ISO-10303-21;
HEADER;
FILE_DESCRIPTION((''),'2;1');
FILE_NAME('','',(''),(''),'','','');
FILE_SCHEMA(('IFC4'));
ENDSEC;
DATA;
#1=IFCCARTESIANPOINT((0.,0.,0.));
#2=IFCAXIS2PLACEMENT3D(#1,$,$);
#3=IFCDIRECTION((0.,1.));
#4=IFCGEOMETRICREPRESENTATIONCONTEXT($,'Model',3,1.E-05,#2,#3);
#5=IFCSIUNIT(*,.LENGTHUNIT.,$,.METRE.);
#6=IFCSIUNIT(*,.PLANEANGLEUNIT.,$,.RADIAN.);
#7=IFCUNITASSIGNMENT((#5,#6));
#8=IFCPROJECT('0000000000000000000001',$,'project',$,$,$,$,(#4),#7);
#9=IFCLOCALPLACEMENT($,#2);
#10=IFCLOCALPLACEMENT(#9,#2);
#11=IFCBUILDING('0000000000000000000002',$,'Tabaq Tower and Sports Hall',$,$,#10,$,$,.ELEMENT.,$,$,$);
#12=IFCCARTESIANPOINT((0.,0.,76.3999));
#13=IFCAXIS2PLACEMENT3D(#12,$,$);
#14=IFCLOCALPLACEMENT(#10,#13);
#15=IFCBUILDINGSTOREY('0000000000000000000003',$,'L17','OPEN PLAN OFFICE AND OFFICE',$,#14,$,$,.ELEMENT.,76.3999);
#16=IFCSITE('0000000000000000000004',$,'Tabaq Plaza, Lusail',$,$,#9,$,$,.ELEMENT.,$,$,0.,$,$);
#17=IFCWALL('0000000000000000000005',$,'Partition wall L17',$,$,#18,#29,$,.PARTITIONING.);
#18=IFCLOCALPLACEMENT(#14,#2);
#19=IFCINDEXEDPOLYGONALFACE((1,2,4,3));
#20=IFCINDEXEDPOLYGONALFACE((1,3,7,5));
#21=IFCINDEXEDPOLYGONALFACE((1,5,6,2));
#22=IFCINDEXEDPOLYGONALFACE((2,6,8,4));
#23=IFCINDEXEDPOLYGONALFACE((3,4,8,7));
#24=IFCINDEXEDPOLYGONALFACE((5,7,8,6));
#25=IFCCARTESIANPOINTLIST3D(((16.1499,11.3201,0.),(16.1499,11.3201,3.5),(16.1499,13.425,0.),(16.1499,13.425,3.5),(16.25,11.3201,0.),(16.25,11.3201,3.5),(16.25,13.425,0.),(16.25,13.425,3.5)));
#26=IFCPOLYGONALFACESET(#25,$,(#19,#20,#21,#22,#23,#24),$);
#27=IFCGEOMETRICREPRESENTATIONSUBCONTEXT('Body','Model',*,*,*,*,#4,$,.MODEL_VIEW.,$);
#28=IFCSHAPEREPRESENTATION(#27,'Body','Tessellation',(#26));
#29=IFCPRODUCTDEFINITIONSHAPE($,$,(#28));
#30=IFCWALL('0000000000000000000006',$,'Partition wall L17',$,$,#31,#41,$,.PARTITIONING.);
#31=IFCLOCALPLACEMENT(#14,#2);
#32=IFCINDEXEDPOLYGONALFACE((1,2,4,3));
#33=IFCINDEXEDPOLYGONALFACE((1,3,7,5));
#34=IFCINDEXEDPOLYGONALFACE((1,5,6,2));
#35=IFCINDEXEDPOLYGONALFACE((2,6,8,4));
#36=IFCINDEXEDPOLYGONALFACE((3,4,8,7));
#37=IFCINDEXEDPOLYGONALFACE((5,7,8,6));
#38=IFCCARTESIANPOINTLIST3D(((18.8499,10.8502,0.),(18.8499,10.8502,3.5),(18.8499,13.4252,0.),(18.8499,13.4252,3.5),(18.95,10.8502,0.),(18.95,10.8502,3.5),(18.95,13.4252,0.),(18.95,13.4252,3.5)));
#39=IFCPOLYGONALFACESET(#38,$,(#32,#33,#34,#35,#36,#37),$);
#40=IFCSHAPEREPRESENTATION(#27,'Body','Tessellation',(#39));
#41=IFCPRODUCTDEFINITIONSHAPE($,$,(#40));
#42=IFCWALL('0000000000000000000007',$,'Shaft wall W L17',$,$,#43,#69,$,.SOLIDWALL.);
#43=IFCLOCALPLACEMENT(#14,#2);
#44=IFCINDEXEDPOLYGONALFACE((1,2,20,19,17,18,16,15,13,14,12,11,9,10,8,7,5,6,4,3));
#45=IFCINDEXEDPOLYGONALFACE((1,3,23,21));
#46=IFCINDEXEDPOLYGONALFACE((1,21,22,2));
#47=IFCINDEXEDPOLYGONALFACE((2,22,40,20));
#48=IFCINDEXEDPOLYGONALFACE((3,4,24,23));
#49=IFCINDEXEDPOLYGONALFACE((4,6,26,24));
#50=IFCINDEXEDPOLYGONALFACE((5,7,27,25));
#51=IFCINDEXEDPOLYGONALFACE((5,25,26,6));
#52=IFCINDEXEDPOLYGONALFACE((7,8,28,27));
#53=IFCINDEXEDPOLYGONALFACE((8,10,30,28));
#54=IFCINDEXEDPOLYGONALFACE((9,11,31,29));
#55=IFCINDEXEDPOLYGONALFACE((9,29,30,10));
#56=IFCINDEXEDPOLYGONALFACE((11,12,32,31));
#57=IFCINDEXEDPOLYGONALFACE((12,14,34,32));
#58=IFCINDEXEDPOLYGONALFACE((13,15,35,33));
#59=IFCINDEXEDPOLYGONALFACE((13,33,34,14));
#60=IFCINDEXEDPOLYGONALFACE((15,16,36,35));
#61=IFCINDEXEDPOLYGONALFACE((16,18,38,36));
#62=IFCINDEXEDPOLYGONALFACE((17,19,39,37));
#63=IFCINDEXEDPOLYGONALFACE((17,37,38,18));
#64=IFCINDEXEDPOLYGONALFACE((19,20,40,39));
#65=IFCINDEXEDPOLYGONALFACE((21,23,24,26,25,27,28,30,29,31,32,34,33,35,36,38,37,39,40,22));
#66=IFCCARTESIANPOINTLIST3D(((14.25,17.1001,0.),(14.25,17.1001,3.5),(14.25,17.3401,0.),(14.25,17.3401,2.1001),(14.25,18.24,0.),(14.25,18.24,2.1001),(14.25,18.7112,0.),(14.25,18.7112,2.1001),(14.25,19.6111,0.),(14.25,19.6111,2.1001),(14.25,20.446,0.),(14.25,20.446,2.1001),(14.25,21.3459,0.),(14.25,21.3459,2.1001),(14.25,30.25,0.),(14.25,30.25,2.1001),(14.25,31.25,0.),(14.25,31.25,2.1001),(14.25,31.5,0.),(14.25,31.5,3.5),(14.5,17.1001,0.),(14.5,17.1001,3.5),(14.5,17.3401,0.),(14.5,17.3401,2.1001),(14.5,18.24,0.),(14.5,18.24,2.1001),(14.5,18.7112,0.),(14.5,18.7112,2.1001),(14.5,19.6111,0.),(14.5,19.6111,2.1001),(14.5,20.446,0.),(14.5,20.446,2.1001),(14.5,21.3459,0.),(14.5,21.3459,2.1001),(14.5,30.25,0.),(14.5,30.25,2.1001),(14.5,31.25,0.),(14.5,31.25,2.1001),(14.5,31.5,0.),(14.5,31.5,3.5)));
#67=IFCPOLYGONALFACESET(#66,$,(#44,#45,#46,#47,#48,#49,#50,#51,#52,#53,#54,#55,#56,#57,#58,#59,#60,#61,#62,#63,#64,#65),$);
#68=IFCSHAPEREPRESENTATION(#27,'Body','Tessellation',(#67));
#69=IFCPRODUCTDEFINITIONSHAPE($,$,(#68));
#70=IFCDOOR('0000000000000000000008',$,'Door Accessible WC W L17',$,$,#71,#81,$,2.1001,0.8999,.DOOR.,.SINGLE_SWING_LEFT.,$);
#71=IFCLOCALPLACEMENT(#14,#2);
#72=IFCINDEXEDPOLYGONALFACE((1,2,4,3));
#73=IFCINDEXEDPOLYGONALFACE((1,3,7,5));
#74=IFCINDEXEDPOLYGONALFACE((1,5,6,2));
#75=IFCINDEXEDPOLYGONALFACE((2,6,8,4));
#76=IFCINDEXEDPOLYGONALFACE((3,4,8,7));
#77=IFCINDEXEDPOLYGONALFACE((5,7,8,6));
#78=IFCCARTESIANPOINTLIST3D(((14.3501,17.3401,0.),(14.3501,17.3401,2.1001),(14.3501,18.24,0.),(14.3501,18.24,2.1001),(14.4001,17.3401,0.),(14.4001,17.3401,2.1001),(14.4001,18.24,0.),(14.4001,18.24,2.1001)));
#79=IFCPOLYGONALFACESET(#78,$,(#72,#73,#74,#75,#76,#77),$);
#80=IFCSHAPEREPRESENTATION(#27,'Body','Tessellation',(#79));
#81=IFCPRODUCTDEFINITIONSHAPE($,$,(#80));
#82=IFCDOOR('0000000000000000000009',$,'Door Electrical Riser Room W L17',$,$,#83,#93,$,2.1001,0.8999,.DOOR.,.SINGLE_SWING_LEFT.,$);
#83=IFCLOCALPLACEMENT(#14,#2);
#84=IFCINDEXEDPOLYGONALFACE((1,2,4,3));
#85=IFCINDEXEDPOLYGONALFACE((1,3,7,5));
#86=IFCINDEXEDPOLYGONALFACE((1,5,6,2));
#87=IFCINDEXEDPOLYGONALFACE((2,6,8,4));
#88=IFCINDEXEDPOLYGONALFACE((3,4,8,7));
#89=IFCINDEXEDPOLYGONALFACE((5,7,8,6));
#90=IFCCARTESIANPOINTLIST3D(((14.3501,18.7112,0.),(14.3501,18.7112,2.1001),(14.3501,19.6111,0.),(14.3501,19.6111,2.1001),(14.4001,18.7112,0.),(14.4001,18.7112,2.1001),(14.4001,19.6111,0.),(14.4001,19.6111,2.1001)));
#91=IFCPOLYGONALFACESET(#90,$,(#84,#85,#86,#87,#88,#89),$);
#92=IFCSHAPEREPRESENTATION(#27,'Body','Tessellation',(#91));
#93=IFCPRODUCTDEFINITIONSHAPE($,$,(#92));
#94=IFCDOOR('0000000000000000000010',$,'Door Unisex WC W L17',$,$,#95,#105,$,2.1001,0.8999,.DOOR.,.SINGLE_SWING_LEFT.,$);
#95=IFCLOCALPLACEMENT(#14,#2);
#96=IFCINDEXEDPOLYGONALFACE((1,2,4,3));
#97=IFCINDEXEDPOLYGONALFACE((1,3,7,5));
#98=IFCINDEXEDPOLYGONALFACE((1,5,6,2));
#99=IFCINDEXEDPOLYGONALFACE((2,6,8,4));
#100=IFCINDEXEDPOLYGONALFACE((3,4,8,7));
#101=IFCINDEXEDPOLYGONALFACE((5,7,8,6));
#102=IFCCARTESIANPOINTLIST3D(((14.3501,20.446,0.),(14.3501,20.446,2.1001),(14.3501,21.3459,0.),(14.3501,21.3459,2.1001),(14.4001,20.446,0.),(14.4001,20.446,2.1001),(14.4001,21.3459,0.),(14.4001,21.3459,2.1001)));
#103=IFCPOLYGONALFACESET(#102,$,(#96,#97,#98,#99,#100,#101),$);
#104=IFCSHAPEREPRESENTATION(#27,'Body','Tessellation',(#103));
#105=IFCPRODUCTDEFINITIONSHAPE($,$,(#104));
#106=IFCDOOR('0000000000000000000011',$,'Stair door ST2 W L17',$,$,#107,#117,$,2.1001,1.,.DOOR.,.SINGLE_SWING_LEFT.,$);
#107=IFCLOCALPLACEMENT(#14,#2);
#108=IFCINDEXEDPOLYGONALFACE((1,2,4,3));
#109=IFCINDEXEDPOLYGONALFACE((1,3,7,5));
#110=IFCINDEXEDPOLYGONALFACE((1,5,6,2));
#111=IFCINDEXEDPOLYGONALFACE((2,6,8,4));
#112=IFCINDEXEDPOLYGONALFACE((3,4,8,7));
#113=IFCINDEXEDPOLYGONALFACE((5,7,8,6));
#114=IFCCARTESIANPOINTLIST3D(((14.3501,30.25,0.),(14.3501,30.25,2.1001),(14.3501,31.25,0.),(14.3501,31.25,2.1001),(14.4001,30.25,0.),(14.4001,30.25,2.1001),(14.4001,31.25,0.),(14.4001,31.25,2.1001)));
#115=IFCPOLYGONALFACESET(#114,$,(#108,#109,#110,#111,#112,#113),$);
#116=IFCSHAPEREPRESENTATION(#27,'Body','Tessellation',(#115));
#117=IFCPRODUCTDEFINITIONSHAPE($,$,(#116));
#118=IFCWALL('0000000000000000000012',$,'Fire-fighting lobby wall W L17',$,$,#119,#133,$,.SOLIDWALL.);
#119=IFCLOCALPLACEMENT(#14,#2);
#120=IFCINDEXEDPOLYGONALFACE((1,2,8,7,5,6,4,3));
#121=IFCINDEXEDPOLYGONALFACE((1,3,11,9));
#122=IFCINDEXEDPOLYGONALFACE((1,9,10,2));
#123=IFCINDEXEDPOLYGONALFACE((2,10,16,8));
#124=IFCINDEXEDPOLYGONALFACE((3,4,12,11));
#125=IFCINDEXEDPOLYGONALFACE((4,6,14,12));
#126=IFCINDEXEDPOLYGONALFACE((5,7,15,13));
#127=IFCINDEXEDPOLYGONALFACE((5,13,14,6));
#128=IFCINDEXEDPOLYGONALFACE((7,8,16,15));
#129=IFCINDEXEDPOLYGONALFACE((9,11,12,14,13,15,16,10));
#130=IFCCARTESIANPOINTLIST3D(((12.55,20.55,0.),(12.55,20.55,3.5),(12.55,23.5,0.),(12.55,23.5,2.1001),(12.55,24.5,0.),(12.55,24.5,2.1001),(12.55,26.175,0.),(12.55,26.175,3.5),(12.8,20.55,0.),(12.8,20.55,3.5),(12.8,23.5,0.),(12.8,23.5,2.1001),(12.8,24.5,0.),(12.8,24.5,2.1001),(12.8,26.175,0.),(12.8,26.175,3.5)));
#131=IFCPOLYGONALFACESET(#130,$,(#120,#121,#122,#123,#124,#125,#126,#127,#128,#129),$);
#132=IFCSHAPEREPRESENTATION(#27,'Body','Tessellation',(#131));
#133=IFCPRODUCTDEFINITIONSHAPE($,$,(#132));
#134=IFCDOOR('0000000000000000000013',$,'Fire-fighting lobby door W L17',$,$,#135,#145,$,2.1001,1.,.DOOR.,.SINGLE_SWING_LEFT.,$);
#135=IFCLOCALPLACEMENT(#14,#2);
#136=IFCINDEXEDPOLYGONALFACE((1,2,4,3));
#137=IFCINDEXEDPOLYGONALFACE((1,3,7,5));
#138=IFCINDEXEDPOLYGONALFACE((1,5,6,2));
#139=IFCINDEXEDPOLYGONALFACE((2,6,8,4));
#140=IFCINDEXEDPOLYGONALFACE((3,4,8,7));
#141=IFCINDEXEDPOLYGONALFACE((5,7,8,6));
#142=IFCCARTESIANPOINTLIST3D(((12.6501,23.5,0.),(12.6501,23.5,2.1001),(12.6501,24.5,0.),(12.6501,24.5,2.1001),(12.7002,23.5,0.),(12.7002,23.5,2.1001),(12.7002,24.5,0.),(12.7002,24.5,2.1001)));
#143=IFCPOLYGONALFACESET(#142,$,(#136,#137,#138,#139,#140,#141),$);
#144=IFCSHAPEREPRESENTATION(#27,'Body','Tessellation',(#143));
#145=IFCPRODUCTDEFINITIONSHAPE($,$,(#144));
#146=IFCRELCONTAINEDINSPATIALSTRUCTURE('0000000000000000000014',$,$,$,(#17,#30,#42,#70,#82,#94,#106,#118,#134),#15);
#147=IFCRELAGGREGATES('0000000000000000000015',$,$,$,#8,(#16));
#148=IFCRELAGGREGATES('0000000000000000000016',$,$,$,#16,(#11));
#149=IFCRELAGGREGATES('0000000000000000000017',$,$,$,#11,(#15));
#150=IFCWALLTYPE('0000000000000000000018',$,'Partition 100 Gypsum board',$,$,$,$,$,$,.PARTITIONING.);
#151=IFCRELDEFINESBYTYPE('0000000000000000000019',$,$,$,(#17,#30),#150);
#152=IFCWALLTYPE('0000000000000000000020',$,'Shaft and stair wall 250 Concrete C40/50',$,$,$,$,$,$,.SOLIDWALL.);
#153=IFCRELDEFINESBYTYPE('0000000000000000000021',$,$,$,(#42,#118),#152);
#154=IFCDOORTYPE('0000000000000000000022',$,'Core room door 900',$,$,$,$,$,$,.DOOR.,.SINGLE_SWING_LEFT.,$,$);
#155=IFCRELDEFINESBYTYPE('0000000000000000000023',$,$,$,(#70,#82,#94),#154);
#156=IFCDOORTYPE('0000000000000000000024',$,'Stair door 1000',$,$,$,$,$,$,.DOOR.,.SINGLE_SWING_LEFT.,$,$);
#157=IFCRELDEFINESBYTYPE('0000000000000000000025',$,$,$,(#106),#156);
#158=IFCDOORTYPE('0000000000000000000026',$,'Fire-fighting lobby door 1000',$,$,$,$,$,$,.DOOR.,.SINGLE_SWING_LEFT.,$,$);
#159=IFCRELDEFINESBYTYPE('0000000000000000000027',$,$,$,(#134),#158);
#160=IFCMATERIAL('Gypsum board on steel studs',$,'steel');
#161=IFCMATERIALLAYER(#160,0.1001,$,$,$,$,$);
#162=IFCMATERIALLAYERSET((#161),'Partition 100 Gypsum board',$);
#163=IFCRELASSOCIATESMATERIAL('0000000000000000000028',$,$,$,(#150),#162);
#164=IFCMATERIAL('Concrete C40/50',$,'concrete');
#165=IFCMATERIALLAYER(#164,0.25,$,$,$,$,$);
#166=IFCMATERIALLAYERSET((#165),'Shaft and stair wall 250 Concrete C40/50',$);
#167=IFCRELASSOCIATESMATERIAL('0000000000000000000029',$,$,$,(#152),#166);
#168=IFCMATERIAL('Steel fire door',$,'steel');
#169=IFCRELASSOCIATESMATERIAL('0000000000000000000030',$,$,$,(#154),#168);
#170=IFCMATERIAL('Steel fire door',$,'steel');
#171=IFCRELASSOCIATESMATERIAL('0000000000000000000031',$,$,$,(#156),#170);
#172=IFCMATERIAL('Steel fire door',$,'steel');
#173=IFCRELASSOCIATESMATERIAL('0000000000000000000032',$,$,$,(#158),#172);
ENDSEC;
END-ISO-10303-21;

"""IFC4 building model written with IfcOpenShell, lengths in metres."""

from ifc_helpers import new_model, si_unit, direction, frame, frame_2d, origin, place, context, subcontext, project, spatial, rectangle, extrude, material, layer, layer_set, type_object, element, fill, save


model = new_model("IFC4")

# Units and contexts
model_context = context("Model", 3, precision=1e-05, world=origin(), true_north=direction((0.0, 1.0)))
body_context = subcontext(model_context, "Body", "Model", "MODEL_VIEW")
ifc_project = project(units=[si_unit("LENGTHUNIT", "METRE"), si_unit("PLANEANGLEUNIT", "RADIAN")], contexts=[model_context])

# Site, building, storey
site_placement = place(None, origin())
site = spatial("IfcSite", under=ifc_project, at=site_placement, Name="Tabaq Plaza, Lusail", CompositionType="ELEMENT", RefElevation=0.0)
building_placement = place(site_placement, origin())
building = spatial("IfcBuilding", under=site, at=building_placement, Name="Tabaq Tower and Sports Hall", CompositionType="ELEMENT")
storey_placement = place(building_placement, frame((0.0, 0.0, 76.3999)))
storey = spatial("IfcBuildingStorey", under=building, at=storey_placement, Name="L17", Description="OPEN PLAN OFFICE AND OFFICE", CompositionType="ELEMENT", Elevation=76.3999)

# Walls
ifc_material_1 = material(Name="Gypsum board on steel studs", Category="steel")
ifc_layer_1 = layer(ifc_material_1, 0.1001)
ifc_layer_set_1 = layer_set([ifc_layer_1], Name="Partition 100 Gypsum board")
wall_type_1 = type_object("IfcWallType", Name="Partition 100 Gypsum board", PredefinedType="PARTITIONING", material=ifc_layer_set_1)
for number, where, z_axis, x_axis, name in (
    (1, (16.2, 11.3201, 0.0), (0.0, 0.0, 1.0), (0.0, 1.0, 0.0), "Partition wall L17"),
):
    element("IfcWall", number, at=place(storey_placement, frame(where, z_axis=z_axis, x_axis=x_axis)), inside=storey, type_object=wall_type_1, Name=name, PredefinedType="PARTITIONING", context=body_context, shape_type="SweptSolid", body=[
        extrude(rectangle(XDim=2.105, YDim=0.1001, at=frame_2d((1.0525, 0.0))), origin(), (0.0, 0.0, 1.0), 3.5),
    ])
wall_1_placement = place(storey_placement, frame((18.8999, 10.8501, 0.0), z_axis=(0.0, 0.0, 1.0), x_axis=(0.0, 1.0, 0.0)))
element("IfcWall", 2, at=wall_1_placement, inside=storey, type_object=wall_type_1, Name="Partition wall L17", PredefinedType="PARTITIONING", context=body_context, shape_type="SweptSolid", body=[
    extrude(rectangle(XDim=2.575, YDim=0.1001, at=frame_2d((1.2876, 0.0))), origin(), (0.0, 0.0, 1.0), 3.5),
])

# Wall, openings, doors
ifc_material_2 = material(Name="Concrete C40/50", Category="concrete")
ifc_layer_2 = layer(ifc_material_2, 0.25)
ifc_layer_set_2 = layer_set([ifc_layer_2], Name="Shaft and stair wall 250 Concrete C40/50")
wall_type_2 = type_object("IfcWallType", Name="Shaft and stair wall 250 Concrete C40/50", PredefinedType="SOLIDWALL", material=ifc_layer_set_2)
wall_2_placement = place(storey_placement, frame((14.375, 17.1001, 0.0), z_axis=(0.0, 0.0, 1.0), x_axis=(0.0, 1.0, 0.0)))
wall_2 = element("IfcWall", 3, at=wall_2_placement, inside=storey, type_object=wall_type_2, Name="Shaft wall W L17", PredefinedType="SOLIDWALL", context=body_context, shape_type="SweptSolid", body=[
    extrude(rectangle(XDim=14.3999, YDim=0.25, at=frame_2d((7.2, 0.0))), origin(), (0.0, 0.0, 1.0), 3.5),
])
opening_1_placement = place(wall_2_placement, frame((13.1499, 0.0, 0.0)))
opening_1 = element("IfcOpeningElement", 4, at=opening_1_placement, cuts=wall_2, PredefinedType="OPENING", context=body_context, shape_type="SweptSolid", body=[
    extrude(rectangle(XDim=1.0, YDim=2.1001, at=frame_2d((0.5, 1.05))), frame((0.0, 0.125, 0.0), z_axis=(0.0, -1.0, 0.0), x_axis=(1.0, 0.0, 0.0)), (0.0, 0.0, 1.0), 0.25),
])
opening_2_placement = place(wall_2_placement, frame((0.24, 0.0, 0.0)))
opening_2 = element("IfcOpeningElement", 5, at=opening_2_placement, cuts=wall_2, PredefinedType="OPENING", context=body_context, shape_type="SweptSolid", body=[
    extrude(rectangle(XDim=0.8999, YDim=2.1001, at=frame_2d((0.45, 1.05))), frame((0.0, 0.125, 0.0), z_axis=(0.0, -1.0, 0.0), x_axis=(1.0, 0.0, 0.0)), (0.0, 0.0, 1.0), 0.25),
])
opening_3_placement = place(wall_2_placement, frame((1.6111, 0.0, 0.0)))
opening_3 = element("IfcOpeningElement", 6, at=opening_3_placement, cuts=wall_2, PredefinedType="OPENING", context=body_context, shape_type="SweptSolid", body=[
    extrude(rectangle(XDim=0.8999, YDim=2.1001, at=frame_2d((0.45, 1.05))), frame((0.0, 0.125, 0.0), z_axis=(0.0, -1.0, 0.0), x_axis=(1.0, 0.0, 0.0)), (0.0, 0.0, 1.0), 0.25),
])
opening_4_placement = place(wall_2_placement, frame((3.3459, 0.0, 0.0)))
opening_4 = element("IfcOpeningElement", 7, at=opening_4_placement, cuts=wall_2, PredefinedType="OPENING", context=body_context, shape_type="SweptSolid", body=[
    extrude(rectangle(XDim=0.8999, YDim=2.1001, at=frame_2d((0.45, 1.05))), frame((0.0, 0.125, 0.0), z_axis=(0.0, -1.0, 0.0), x_axis=(1.0, 0.0, 0.0)), (0.0, 0.0, 1.0), 0.25),
])
ifc_material_3 = material(Name="Steel fire door", Category="steel")
door_type_1 = type_object("IfcDoorType", Name="Core room door 900", OperationType="SINGLE_SWING_LEFT", PredefinedType="DOOR", material=ifc_material_3)
door_1_placement = place(opening_2_placement, origin())
door_1 = element("IfcDoor", 8, at=door_1_placement, inside=storey, type_object=door_type_1, Name="Door Accessible WC W L17", OperationType="SINGLE_SWING_LEFT", OverallHeight=2.1001, OverallWidth=0.8999, PredefinedType="DOOR", context=body_context, shape_type="SweptSolid", body=[
    extrude(rectangle(XDim=0.8999, YDim=2.1001, at=frame_2d((0.45, 1.05))), frame((0.0, 0.0249, 0.0), z_axis=(0.0, -1.0, 0.0), x_axis=(1.0, 0.0, 0.0)), (0.0, 0.0, 1.0), 0.05),
])
fill(opening_2, door_1)
door_2_placement = place(opening_3_placement, origin())
door_2 = element("IfcDoor", 9, at=door_2_placement, inside=storey, type_object=door_type_1, Name="Door Electrical Riser Room W L17", OperationType="SINGLE_SWING_LEFT", OverallHeight=2.1001, OverallWidth=0.8999, PredefinedType="DOOR", context=body_context, shape_type="SweptSolid", body=[
    extrude(rectangle(XDim=0.8999, YDim=2.1001, at=frame_2d((0.45, 1.05))), frame((0.0, 0.0249, 0.0), z_axis=(0.0, -1.0, 0.0), x_axis=(1.0, 0.0, 0.0)), (0.0, 0.0, 1.0), 0.05),
])
fill(opening_3, door_2)
door_3_placement = place(opening_4_placement, origin())
door_3 = element("IfcDoor", 10, at=door_3_placement, inside=storey, type_object=door_type_1, Name="Door Unisex WC W L17", OperationType="SINGLE_SWING_LEFT", OverallHeight=2.1001, OverallWidth=0.8999, PredefinedType="DOOR", context=body_context, shape_type="SweptSolid", body=[
    extrude(rectangle(XDim=0.8999, YDim=2.1001, at=frame_2d((0.45, 1.05))), frame((0.0, 0.0249, 0.0), z_axis=(0.0, -1.0, 0.0), x_axis=(1.0, 0.0, 0.0)), (0.0, 0.0, 1.0), 0.05),
])
fill(opening_4, door_3)
ifc_material_4 = material(Name="Steel fire door", Category="steel")
door_type_2 = type_object("IfcDoorType", Name="Stair door 1000", OperationType="SINGLE_SWING_LEFT", PredefinedType="DOOR", material=ifc_material_4)
door_4_placement = place(opening_1_placement, origin())
door_4 = element("IfcDoor", 11, at=door_4_placement, inside=storey, type_object=door_type_2, Name="Stair door ST2 W L17", OperationType="SINGLE_SWING_LEFT", OverallHeight=2.1001, OverallWidth=1.0, PredefinedType="DOOR", context=body_context, shape_type="SweptSolid", body=[
    extrude(rectangle(XDim=1.0, YDim=2.1001, at=frame_2d((0.5, 1.05))), frame((0.0, 0.0249, 0.0), z_axis=(0.0, -1.0, 0.0), x_axis=(1.0, 0.0, 0.0)), (0.0, 0.0, 1.0), 0.05),
])
fill(opening_1, door_4)

# Wall, opening, door
wall_3_placement = place(storey_placement, frame((12.675, 20.55, 0.0), z_axis=(0.0, 0.0, 1.0), x_axis=(0.0, 1.0, 0.0)))
wall_3 = element("IfcWall", 12, at=wall_3_placement, inside=storey, type_object=wall_type_2, Name="Fire-fighting lobby wall W L17", PredefinedType="SOLIDWALL", context=body_context, shape_type="SweptSolid", body=[
    extrude(rectangle(XDim=5.625, YDim=0.25, at=frame_2d((2.8125, 0.0))), origin(), (0.0, 0.0, 1.0), 3.5),
])
opening_5_placement = place(wall_3_placement, frame((2.95, 0.0, 0.0)))
opening_5 = element("IfcOpeningElement", 13, at=opening_5_placement, cuts=wall_3, PredefinedType="OPENING", context=body_context, shape_type="SweptSolid", body=[
    extrude(rectangle(XDim=1.0, YDim=2.1001, at=frame_2d((0.5, 1.05))), frame((0.0, 0.125, 0.0), z_axis=(0.0, -1.0, 0.0), x_axis=(1.0, 0.0, 0.0)), (0.0, 0.0, 1.0), 0.25),
])
ifc_material_5 = material(Name="Steel fire door", Category="steel")
door_type_3 = type_object("IfcDoorType", Name="Fire-fighting lobby door 1000", OperationType="SINGLE_SWING_LEFT", PredefinedType="DOOR", material=ifc_material_5)
door_5_placement = place(opening_5_placement, origin())
door_5 = element("IfcDoor", 14, at=door_5_placement, inside=storey, type_object=door_type_3, Name="Fire-fighting lobby door W L17", OperationType="SINGLE_SWING_LEFT", OverallHeight=2.1001, OverallWidth=1.0, PredefinedType="DOOR", context=body_context, shape_type="SweptSolid", body=[
    extrude(rectangle(XDim=1.0, YDim=2.1001, at=frame_2d((0.5, 1.05))), frame((0.0, 0.0249, 0.0), z_axis=(0.0, -1.0, 0.0), x_axis=(1.0, 0.0, 0.0)), (0.0, 0.0, 1.0), 0.05),
])
fill(opening_5, door_5)

save(model, "model.ifc")
